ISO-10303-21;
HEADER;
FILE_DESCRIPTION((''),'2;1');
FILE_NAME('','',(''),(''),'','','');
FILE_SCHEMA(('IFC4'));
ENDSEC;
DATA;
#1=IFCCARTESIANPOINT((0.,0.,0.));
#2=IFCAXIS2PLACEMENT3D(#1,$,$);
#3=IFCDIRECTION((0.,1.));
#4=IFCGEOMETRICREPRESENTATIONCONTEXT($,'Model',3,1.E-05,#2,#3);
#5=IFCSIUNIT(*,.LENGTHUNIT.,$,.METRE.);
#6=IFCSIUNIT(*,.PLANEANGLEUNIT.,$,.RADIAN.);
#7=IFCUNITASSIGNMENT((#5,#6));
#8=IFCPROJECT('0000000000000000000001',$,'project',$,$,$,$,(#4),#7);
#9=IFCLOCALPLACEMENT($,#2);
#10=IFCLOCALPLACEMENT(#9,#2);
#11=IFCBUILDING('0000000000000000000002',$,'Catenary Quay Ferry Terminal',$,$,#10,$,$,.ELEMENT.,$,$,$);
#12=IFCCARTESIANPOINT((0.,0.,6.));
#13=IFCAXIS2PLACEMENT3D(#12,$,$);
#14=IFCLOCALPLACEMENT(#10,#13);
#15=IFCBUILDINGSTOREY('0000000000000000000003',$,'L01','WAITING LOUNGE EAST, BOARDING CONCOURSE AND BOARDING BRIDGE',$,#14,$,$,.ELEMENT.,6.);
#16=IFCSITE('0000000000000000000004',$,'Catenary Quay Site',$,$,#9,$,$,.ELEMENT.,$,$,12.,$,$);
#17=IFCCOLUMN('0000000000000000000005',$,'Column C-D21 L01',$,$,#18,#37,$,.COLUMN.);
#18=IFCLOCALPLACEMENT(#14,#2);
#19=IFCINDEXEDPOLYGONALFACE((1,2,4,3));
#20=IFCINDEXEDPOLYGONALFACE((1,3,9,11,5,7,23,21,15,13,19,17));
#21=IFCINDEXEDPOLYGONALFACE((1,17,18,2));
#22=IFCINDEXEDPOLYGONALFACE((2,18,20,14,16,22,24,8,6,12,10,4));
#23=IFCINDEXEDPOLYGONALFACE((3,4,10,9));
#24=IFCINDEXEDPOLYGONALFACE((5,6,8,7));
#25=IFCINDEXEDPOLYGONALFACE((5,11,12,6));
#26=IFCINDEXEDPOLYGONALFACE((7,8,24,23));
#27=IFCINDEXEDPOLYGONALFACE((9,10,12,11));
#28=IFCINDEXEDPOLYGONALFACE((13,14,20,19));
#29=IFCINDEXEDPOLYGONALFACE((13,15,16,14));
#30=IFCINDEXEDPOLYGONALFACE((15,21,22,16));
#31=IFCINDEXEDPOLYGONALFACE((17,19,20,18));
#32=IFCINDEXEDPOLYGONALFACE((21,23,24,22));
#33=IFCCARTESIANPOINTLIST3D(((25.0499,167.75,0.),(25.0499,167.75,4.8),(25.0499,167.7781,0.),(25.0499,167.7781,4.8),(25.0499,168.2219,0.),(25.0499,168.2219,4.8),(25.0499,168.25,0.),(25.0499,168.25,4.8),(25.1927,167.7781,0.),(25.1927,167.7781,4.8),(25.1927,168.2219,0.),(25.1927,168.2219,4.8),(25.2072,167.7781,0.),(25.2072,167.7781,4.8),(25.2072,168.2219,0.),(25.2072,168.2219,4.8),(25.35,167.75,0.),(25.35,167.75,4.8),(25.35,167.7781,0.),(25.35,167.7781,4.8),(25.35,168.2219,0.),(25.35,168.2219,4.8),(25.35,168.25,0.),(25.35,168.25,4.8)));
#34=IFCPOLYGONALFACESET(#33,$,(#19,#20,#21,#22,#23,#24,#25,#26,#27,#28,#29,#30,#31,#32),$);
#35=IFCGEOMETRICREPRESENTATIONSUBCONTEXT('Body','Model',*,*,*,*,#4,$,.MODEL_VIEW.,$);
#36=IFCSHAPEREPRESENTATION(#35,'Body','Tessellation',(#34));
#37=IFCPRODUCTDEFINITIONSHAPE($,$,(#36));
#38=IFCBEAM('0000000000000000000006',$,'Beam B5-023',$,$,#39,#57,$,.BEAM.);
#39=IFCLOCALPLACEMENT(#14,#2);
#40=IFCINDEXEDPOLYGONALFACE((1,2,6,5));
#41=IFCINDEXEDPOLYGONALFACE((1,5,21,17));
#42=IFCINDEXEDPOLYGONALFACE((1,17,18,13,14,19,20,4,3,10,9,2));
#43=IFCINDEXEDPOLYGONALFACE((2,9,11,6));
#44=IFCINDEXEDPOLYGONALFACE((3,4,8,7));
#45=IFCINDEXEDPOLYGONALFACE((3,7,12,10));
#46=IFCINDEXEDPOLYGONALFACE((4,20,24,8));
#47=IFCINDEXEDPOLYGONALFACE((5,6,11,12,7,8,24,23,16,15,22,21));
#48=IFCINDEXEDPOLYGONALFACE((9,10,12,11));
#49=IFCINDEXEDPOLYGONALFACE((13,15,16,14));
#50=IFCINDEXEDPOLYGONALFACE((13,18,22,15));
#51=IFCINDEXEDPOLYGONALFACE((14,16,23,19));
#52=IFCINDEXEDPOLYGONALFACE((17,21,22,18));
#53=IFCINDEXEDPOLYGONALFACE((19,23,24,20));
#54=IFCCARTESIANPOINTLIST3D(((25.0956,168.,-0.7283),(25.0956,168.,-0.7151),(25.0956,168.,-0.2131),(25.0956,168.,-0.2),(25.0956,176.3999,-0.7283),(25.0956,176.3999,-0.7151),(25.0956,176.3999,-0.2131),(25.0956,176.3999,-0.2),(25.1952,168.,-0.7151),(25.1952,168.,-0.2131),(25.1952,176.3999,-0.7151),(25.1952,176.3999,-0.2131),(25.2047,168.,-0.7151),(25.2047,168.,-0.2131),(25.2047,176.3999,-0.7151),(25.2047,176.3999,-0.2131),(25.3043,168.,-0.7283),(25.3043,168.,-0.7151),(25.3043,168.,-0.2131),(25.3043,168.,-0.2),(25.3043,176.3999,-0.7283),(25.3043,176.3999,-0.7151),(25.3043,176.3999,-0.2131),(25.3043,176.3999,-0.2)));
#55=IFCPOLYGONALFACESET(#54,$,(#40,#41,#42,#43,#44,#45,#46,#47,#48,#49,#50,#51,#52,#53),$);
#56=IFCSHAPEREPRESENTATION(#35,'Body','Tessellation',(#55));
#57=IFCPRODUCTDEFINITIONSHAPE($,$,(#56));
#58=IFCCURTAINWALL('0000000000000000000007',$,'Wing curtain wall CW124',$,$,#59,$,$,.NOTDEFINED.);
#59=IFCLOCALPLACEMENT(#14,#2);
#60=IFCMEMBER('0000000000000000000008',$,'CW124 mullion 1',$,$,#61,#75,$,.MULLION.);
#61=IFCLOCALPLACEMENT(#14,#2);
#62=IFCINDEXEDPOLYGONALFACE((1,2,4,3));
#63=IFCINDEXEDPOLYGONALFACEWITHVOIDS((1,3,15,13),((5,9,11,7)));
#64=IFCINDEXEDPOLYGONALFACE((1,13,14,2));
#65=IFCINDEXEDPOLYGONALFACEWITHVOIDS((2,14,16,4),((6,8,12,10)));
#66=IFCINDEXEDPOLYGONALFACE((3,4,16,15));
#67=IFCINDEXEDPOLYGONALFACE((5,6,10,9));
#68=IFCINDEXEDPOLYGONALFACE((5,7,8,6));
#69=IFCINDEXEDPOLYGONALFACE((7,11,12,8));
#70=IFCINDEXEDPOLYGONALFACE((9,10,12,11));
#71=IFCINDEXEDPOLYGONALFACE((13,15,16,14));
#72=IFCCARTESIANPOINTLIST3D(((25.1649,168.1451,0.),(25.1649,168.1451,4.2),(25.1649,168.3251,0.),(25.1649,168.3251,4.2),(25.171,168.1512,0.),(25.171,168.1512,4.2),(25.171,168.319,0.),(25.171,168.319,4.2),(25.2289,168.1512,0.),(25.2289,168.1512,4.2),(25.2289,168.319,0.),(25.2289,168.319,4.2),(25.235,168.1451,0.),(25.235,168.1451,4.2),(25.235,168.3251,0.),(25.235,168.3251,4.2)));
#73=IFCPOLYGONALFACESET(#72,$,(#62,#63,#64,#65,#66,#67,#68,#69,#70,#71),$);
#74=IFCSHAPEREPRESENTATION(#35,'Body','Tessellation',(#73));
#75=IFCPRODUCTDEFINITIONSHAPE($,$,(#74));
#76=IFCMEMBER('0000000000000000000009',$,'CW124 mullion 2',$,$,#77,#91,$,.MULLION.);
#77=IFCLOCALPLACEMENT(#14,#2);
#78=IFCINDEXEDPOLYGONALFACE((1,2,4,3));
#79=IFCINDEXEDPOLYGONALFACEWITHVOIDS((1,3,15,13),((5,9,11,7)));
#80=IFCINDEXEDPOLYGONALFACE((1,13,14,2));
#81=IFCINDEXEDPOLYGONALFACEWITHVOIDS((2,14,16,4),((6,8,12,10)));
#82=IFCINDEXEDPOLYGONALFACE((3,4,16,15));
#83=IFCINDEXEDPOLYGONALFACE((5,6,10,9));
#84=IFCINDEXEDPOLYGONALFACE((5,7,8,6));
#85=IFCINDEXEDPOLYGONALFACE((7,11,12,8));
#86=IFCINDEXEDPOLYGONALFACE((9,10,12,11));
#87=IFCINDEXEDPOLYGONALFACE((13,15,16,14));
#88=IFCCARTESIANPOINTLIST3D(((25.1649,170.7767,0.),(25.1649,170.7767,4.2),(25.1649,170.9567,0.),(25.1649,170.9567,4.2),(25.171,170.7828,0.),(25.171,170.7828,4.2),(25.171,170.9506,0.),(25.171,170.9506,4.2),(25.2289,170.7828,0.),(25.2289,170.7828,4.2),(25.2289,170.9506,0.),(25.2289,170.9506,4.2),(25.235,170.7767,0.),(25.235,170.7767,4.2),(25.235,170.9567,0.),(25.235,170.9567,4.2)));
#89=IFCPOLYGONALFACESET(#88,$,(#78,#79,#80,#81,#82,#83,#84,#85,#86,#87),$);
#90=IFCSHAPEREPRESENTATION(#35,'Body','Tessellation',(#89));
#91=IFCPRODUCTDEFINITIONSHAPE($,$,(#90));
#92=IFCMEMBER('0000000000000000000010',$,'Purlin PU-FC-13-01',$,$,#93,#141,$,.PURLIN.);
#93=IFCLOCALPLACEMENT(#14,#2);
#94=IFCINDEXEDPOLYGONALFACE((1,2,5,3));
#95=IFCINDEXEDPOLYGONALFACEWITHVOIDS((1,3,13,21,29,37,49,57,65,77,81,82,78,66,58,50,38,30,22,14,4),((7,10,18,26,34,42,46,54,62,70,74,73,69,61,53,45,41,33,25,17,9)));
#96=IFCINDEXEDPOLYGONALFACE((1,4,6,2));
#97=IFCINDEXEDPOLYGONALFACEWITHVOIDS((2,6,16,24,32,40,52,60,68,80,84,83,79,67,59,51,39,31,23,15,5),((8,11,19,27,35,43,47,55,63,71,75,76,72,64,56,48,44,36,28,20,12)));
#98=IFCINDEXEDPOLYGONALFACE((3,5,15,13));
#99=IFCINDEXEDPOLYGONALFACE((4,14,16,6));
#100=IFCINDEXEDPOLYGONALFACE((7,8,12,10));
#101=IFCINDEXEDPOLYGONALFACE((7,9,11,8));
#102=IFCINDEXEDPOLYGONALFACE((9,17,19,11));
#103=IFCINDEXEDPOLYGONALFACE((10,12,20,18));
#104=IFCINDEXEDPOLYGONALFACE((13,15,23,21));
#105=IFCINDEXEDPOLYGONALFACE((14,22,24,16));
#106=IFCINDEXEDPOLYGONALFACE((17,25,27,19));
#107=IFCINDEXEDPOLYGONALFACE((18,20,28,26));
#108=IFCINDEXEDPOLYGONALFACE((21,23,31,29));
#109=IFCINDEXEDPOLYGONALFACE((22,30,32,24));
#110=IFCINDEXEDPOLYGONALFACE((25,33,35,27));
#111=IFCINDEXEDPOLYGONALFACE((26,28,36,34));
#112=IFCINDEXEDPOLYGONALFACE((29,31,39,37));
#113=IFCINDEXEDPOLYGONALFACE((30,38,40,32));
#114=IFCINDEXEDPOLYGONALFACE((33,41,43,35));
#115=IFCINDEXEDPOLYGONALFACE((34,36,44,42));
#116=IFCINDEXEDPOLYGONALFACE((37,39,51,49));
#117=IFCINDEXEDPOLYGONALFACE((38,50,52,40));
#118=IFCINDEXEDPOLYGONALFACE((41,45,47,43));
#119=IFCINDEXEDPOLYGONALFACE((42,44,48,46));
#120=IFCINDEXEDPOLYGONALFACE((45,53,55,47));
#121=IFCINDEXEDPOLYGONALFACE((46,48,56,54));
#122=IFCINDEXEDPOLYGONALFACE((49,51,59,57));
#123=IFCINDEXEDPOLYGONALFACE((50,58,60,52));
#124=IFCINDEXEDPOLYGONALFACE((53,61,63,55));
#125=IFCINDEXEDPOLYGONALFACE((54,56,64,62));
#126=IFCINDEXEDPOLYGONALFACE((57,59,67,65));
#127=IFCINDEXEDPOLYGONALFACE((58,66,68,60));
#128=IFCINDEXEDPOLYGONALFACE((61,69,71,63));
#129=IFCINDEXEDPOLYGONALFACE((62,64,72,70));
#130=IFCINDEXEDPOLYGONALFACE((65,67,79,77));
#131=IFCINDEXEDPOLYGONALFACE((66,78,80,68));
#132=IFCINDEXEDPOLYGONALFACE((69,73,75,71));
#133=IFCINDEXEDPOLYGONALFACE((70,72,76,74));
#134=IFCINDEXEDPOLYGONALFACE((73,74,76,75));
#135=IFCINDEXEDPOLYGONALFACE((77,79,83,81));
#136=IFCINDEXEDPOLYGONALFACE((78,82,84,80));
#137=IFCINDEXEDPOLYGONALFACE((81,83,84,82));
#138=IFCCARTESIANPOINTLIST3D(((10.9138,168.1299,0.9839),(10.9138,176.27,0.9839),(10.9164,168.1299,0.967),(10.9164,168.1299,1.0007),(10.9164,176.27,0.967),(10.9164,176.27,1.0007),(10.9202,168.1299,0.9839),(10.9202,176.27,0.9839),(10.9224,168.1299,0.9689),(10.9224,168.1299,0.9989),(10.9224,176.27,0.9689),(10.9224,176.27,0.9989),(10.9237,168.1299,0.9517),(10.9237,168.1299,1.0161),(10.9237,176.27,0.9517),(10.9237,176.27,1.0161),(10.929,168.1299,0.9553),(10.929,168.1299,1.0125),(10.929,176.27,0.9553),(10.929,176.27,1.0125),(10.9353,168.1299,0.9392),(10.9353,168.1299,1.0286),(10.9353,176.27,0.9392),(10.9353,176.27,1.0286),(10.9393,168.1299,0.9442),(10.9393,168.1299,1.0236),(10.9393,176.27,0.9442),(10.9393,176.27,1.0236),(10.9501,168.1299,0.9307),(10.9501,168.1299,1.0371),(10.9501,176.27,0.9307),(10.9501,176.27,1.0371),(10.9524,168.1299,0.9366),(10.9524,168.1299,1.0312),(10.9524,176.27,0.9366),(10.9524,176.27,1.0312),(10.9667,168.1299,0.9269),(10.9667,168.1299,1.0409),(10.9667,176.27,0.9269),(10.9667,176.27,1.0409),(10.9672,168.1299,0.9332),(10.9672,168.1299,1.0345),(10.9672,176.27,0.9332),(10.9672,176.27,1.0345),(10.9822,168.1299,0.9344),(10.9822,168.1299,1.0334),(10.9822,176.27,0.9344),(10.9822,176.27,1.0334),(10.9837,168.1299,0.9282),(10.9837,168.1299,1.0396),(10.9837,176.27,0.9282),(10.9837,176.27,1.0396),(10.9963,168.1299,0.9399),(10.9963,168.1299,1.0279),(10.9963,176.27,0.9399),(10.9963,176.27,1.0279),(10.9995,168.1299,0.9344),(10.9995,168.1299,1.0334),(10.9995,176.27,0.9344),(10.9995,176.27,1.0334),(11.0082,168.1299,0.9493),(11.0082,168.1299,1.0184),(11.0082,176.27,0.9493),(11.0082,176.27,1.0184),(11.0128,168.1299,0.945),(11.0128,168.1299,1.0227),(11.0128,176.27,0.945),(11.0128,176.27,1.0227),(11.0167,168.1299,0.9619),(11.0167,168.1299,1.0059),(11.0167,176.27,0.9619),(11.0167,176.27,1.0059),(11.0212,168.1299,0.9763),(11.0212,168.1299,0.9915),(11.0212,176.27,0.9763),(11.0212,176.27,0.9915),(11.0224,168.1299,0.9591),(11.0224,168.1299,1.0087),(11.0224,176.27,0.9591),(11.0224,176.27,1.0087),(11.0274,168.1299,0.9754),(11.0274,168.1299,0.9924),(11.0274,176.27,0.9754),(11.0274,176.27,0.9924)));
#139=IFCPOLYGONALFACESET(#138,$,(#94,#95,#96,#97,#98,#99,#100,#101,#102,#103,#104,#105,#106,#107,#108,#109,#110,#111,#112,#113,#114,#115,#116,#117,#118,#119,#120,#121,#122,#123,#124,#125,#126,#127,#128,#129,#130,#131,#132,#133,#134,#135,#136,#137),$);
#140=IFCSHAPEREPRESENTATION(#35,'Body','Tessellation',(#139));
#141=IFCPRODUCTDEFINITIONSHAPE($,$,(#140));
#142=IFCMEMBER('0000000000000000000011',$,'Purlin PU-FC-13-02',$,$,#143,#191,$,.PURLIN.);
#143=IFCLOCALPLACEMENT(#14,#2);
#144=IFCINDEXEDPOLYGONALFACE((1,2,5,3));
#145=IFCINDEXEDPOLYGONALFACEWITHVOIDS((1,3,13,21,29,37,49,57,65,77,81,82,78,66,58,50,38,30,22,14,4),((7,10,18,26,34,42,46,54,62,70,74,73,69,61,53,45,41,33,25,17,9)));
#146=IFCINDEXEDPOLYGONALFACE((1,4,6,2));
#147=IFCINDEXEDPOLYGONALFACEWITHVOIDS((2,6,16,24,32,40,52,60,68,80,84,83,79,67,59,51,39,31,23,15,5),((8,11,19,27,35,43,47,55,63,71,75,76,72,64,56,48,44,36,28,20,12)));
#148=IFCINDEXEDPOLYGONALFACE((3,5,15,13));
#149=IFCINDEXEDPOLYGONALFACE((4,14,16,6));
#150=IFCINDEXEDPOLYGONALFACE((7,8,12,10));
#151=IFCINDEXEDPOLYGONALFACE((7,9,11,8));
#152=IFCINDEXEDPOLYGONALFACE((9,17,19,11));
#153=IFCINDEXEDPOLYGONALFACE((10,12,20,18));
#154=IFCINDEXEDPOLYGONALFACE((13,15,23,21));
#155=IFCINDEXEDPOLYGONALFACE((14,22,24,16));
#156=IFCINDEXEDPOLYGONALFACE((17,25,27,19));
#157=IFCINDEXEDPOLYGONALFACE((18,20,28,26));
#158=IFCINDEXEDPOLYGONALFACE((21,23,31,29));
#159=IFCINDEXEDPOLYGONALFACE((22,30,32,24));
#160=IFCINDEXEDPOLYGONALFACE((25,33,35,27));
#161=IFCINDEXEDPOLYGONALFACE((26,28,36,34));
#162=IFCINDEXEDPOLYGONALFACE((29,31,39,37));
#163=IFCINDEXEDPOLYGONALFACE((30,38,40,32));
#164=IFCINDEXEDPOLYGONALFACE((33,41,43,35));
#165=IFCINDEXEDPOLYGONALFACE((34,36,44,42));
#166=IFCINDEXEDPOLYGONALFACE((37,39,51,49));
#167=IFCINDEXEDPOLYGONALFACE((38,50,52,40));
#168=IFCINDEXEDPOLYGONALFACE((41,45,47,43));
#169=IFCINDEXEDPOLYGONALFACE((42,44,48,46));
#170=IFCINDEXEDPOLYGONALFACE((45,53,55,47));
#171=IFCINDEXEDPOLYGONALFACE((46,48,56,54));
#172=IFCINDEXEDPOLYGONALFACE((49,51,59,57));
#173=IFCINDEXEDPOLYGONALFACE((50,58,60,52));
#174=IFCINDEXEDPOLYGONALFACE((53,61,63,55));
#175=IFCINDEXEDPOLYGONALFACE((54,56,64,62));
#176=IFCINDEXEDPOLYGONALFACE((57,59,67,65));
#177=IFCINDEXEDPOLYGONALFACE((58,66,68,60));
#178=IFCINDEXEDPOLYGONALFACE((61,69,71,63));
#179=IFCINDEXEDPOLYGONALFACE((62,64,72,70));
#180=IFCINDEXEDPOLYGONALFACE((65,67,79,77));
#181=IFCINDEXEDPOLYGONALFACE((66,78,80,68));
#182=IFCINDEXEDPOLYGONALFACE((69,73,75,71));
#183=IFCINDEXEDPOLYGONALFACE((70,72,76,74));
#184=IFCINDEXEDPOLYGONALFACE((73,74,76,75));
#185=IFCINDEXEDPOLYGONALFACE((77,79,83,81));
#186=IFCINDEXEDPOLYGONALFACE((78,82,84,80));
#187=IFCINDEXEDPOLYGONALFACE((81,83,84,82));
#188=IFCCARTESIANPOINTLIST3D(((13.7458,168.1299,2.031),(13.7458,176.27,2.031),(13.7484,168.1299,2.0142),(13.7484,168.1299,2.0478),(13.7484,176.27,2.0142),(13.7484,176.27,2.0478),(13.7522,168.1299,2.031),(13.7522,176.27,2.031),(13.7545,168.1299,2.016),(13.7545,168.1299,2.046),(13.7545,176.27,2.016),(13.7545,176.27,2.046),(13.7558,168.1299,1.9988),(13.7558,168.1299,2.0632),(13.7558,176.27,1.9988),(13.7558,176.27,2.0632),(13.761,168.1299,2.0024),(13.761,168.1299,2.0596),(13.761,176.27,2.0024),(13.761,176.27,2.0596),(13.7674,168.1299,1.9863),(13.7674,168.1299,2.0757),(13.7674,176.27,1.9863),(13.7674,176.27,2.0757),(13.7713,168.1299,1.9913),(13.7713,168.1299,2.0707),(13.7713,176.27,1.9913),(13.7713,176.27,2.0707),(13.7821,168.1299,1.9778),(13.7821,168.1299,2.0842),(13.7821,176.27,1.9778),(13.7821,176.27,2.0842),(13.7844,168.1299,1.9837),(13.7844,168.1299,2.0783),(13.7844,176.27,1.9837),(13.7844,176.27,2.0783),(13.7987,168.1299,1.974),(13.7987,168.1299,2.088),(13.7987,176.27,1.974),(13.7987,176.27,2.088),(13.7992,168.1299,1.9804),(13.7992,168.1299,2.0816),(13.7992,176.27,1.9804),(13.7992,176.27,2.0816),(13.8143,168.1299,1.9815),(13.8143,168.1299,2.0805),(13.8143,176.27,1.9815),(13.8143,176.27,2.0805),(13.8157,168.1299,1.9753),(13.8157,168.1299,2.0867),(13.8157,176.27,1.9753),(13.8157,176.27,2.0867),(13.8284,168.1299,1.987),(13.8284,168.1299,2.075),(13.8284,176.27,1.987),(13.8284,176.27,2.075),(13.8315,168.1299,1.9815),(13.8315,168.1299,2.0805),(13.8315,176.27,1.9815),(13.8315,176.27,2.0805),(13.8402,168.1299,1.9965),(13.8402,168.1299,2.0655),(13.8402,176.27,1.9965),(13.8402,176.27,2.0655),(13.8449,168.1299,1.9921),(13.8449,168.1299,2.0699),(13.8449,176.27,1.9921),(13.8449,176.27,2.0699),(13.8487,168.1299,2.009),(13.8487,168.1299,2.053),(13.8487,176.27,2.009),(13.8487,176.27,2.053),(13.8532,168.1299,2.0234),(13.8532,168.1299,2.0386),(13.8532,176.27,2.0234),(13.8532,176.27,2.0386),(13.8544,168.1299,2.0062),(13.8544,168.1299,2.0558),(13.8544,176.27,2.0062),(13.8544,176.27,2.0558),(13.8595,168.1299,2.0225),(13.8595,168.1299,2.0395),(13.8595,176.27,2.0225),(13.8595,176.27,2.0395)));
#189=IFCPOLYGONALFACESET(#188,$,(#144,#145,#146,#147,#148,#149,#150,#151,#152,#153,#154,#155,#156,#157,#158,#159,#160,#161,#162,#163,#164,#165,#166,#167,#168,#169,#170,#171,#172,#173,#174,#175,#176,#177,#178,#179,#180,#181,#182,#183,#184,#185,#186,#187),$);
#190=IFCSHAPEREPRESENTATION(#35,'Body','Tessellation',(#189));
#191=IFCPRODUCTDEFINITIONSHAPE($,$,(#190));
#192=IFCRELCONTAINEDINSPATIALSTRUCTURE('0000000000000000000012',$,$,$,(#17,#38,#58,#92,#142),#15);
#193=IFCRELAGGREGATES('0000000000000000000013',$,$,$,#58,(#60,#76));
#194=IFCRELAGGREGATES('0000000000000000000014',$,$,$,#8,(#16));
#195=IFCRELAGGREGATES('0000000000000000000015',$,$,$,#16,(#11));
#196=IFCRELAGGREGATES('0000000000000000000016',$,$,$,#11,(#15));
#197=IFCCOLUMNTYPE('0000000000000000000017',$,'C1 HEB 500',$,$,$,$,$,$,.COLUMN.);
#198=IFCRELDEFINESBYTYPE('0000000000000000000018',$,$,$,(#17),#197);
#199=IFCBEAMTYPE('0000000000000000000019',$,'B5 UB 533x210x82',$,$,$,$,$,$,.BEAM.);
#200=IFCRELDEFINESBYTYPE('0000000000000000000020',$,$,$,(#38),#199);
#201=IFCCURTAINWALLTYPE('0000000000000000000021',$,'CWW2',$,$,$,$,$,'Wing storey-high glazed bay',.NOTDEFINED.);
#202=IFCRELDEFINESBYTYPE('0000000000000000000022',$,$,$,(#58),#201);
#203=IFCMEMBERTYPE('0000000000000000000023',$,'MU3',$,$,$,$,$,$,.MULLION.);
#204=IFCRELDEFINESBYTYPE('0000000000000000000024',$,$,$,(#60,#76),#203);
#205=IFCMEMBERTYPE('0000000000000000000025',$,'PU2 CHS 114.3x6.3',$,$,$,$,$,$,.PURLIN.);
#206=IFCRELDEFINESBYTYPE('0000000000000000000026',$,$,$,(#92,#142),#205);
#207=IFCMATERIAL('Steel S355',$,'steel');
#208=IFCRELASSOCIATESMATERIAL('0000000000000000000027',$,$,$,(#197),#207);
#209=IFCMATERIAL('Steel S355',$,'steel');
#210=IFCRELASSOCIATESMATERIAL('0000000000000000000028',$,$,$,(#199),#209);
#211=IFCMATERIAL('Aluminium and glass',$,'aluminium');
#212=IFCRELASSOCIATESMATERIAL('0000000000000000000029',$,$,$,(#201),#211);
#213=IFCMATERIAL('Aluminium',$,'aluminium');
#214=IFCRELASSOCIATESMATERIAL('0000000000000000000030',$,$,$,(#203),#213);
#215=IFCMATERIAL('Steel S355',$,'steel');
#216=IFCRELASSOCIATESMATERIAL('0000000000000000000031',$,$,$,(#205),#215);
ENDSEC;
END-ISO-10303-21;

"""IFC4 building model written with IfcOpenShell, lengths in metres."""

from ifc_helpers import new_model, si_unit, direction, frame, origin, origin_2d, place, context, subcontext, project, spatial, hollow_rectangle, hollow_circle, i_section, extrude, material, material_profile, profile_set, type_object, element, aggregate, save


model = new_model("IFC4")

# Units and contexts
model_context = context("Model", 3, precision=1e-05, world=origin(), true_north=direction((0.0, 1.0)))
body_context = subcontext(model_context, "Body", "Model", "MODEL_VIEW")
ifc_project = project(units=[si_unit("LENGTHUNIT", "METRE"), si_unit("PLANEANGLEUNIT", "RADIAN")], contexts=[model_context])

# Site, building, storey
site_placement = place(None, origin())
site = spatial("IfcSite", under=ifc_project, at=site_placement, Name="Catenary Quay Site", CompositionType="ELEMENT", RefElevation=12.0)
building_placement = place(site_placement, origin())
building = spatial("IfcBuilding", under=site, at=building_placement, Name="Catenary Quay Ferry Terminal", CompositionType="ELEMENT")
storey_placement = place(building_placement, frame((0.0, 0.0, 6.0)))
storey = spatial("IfcBuildingStorey", under=building, at=storey_placement, Name="L01", Description="WAITING LOUNGE EAST, BOARDING CONCOURSE AND BOARDING BRIDGE", CompositionType="ELEMENT", Elevation=6.0)

# Column
ifc_material_1 = material(Name="Steel S355", Category="steel")
ifc_material_profile_1 = material_profile(ifc_material_1, i_section(OverallWidth=0.3, OverallDepth=0.5, WebThickness=0.0144, FlangeThickness=0.0281, at=origin_2d()), Name="HEB 500")
ifc_profile_set_1 = profile_set([ifc_material_profile_1], Name="Steel S355")
column_type = type_object("IfcColumnType", Name="C1 HEB 500", PredefinedType="COLUMN", material=ifc_profile_set_1)
column_placement = place(storey_placement, frame((25.2, 168.0, 0.0), z_axis=(0.0, 0.0, 1.0), x_axis=(1.0, 0.0, 0.0)))
element("IfcColumn", 1, at=column_placement, inside=storey, type_object=column_type, Name="Column C-D21 L01", PredefinedType="COLUMN", context=body_context, shape_type="SweptSolid", body=[
    extrude(i_section(OverallWidth=0.3, OverallDepth=0.5, WebThickness=0.0144, FlangeThickness=0.0281, at=origin_2d()), origin(), (0.0, 0.0, 1.0), 4.8),
])

# Beam
ifc_material_2 = material(Name="Steel S355", Category="steel")
ifc_material_profile_2 = material_profile(ifc_material_2, i_section(OverallWidth=0.2087, OverallDepth=0.5283, WebThickness=0.0095, FlangeThickness=0.0132, at=origin_2d()), Name="UB 533x210x82")
ifc_profile_set_2 = profile_set([ifc_material_profile_2], Name="Steel S355")
beam_type = type_object("IfcBeamType", Name="B5 UB 533x210x82", PredefinedType="BEAM", material=ifc_profile_set_2)
beam_placement = place(storey_placement, frame((25.2, 168.0, -0.4641), z_axis=(0.0, 1.0, 0.0), x_axis=(-1.0, 0.0, 0.0)))
element("IfcBeam", 2, at=beam_placement, inside=storey, type_object=beam_type, Name="Beam B5-023", PredefinedType="BEAM", context=body_context, shape_type="SweptSolid", body=[
    extrude(i_section(OverallWidth=0.2087, OverallDepth=0.5283, WebThickness=0.0095, FlangeThickness=0.0132, at=origin_2d()), origin(), (0.0, 0.0, 1.0), 8.3999),
])

# Curtain wall, members
ifc_material_3 = material(Name="Aluminium and glass", Category="aluminium")
curtain_wall_type = type_object("IfcCurtainWallType", Name="CWW2", ElementType="Wing storey-high glazed bay", PredefinedType="NOTDEFINED", material=ifc_material_3)
curtain_wall_placement = place(storey_placement, origin())
curtain_wall = element("IfcCurtainWall", 3, at=curtain_wall_placement, inside=storey, type_object=curtain_wall_type, Name="Wing curtain wall CW124", PredefinedType="NOTDEFINED")
ifc_material_4 = material(Name="Aluminium", Category="aluminium")
ifc_material_profile_3 = material_profile(ifc_material_4, hollow_rectangle(XDim=0.0701, YDim=0.1799, WallThickness=0.0061, at=origin_2d()), Name="MU3")
ifc_profile_set_3 = profile_set([ifc_material_profile_3], Name="Aluminium")
member_type_1 = type_object("IfcMemberType", Name="MU3", PredefinedType="MULLION", material=ifc_profile_set_3)
member_1_placement = place(storey_placement, frame((25.2, 168.2351, 0.0), z_axis=(0.0, 0.0, 1.0), x_axis=(-1.0, 0.0, 0.0)))
member_1 = element("IfcMember", 4, at=member_1_placement, type_object=member_type_1, Name="CW124 mullion 1", PredefinedType="MULLION", context=body_context, shape_type="SweptSolid", body=[
    extrude(hollow_rectangle(XDim=0.0701, YDim=0.1799, WallThickness=0.0061, at=origin_2d()), origin(), (0.0, 0.0, 1.0), 4.2),
])
member_2_placement = place(storey_placement, frame((25.2, 170.8667, 0.0), z_axis=(0.0, 0.0, 1.0), x_axis=(-1.0, 0.0, 0.0)))
member_2 = element("IfcMember", 5, at=member_2_placement, type_object=member_type_1, Name="CW124 mullion 2", PredefinedType="MULLION", context=body_context, shape_type="SweptSolid", body=[
    extrude(hollow_rectangle(XDim=0.0701, YDim=0.1799, WallThickness=0.0061, at=origin_2d()), origin(), (0.0, 0.0, 1.0), 4.2),
])

# Members
ifc_material_5 = material(Name="Steel S355", Category="steel")
ifc_material_profile_4 = material_profile(ifc_material_5, hollow_circle(Radius=0.0571, WallThickness=0.0063, at=origin_2d()), Name="CHS 114.3x6.3")
ifc_profile_set_4 = profile_set([ifc_material_profile_4], Name="Steel S355")
member_type_2 = type_object("IfcMemberType", Name="PU2 CHS 114.3x6.3", PredefinedType="PURLIN", material=ifc_profile_set_4)
for number, where, z_axis, x_axis, name in (
    (6, (10.9709, 168.1299, 0.9839), (0.0, 1.0, 0.0), (-1.0, 0.0, 0.0), "Purlin PU-FC-13-01"),
    (7, (13.803, 168.1299, 2.031), (0.0, 1.0, 0.0), (-1.0, 0.0, 0.0), "Purlin PU-FC-13-02"),
):
    element("IfcMember", number, at=place(storey_placement, frame(where, z_axis=z_axis, x_axis=x_axis)), inside=storey, type_object=member_type_2, Name=name, PredefinedType="PURLIN", context=body_context, shape_type="SweptSolid", body=[
        extrude(hollow_circle(Radius=0.0571, WallThickness=0.0063, at=origin_2d()), origin(), (0.0, 0.0, 1.0), 8.1401),
    ])

aggregate(curtain_wall, [member_1, member_2])

save(model, "model.ifc")
